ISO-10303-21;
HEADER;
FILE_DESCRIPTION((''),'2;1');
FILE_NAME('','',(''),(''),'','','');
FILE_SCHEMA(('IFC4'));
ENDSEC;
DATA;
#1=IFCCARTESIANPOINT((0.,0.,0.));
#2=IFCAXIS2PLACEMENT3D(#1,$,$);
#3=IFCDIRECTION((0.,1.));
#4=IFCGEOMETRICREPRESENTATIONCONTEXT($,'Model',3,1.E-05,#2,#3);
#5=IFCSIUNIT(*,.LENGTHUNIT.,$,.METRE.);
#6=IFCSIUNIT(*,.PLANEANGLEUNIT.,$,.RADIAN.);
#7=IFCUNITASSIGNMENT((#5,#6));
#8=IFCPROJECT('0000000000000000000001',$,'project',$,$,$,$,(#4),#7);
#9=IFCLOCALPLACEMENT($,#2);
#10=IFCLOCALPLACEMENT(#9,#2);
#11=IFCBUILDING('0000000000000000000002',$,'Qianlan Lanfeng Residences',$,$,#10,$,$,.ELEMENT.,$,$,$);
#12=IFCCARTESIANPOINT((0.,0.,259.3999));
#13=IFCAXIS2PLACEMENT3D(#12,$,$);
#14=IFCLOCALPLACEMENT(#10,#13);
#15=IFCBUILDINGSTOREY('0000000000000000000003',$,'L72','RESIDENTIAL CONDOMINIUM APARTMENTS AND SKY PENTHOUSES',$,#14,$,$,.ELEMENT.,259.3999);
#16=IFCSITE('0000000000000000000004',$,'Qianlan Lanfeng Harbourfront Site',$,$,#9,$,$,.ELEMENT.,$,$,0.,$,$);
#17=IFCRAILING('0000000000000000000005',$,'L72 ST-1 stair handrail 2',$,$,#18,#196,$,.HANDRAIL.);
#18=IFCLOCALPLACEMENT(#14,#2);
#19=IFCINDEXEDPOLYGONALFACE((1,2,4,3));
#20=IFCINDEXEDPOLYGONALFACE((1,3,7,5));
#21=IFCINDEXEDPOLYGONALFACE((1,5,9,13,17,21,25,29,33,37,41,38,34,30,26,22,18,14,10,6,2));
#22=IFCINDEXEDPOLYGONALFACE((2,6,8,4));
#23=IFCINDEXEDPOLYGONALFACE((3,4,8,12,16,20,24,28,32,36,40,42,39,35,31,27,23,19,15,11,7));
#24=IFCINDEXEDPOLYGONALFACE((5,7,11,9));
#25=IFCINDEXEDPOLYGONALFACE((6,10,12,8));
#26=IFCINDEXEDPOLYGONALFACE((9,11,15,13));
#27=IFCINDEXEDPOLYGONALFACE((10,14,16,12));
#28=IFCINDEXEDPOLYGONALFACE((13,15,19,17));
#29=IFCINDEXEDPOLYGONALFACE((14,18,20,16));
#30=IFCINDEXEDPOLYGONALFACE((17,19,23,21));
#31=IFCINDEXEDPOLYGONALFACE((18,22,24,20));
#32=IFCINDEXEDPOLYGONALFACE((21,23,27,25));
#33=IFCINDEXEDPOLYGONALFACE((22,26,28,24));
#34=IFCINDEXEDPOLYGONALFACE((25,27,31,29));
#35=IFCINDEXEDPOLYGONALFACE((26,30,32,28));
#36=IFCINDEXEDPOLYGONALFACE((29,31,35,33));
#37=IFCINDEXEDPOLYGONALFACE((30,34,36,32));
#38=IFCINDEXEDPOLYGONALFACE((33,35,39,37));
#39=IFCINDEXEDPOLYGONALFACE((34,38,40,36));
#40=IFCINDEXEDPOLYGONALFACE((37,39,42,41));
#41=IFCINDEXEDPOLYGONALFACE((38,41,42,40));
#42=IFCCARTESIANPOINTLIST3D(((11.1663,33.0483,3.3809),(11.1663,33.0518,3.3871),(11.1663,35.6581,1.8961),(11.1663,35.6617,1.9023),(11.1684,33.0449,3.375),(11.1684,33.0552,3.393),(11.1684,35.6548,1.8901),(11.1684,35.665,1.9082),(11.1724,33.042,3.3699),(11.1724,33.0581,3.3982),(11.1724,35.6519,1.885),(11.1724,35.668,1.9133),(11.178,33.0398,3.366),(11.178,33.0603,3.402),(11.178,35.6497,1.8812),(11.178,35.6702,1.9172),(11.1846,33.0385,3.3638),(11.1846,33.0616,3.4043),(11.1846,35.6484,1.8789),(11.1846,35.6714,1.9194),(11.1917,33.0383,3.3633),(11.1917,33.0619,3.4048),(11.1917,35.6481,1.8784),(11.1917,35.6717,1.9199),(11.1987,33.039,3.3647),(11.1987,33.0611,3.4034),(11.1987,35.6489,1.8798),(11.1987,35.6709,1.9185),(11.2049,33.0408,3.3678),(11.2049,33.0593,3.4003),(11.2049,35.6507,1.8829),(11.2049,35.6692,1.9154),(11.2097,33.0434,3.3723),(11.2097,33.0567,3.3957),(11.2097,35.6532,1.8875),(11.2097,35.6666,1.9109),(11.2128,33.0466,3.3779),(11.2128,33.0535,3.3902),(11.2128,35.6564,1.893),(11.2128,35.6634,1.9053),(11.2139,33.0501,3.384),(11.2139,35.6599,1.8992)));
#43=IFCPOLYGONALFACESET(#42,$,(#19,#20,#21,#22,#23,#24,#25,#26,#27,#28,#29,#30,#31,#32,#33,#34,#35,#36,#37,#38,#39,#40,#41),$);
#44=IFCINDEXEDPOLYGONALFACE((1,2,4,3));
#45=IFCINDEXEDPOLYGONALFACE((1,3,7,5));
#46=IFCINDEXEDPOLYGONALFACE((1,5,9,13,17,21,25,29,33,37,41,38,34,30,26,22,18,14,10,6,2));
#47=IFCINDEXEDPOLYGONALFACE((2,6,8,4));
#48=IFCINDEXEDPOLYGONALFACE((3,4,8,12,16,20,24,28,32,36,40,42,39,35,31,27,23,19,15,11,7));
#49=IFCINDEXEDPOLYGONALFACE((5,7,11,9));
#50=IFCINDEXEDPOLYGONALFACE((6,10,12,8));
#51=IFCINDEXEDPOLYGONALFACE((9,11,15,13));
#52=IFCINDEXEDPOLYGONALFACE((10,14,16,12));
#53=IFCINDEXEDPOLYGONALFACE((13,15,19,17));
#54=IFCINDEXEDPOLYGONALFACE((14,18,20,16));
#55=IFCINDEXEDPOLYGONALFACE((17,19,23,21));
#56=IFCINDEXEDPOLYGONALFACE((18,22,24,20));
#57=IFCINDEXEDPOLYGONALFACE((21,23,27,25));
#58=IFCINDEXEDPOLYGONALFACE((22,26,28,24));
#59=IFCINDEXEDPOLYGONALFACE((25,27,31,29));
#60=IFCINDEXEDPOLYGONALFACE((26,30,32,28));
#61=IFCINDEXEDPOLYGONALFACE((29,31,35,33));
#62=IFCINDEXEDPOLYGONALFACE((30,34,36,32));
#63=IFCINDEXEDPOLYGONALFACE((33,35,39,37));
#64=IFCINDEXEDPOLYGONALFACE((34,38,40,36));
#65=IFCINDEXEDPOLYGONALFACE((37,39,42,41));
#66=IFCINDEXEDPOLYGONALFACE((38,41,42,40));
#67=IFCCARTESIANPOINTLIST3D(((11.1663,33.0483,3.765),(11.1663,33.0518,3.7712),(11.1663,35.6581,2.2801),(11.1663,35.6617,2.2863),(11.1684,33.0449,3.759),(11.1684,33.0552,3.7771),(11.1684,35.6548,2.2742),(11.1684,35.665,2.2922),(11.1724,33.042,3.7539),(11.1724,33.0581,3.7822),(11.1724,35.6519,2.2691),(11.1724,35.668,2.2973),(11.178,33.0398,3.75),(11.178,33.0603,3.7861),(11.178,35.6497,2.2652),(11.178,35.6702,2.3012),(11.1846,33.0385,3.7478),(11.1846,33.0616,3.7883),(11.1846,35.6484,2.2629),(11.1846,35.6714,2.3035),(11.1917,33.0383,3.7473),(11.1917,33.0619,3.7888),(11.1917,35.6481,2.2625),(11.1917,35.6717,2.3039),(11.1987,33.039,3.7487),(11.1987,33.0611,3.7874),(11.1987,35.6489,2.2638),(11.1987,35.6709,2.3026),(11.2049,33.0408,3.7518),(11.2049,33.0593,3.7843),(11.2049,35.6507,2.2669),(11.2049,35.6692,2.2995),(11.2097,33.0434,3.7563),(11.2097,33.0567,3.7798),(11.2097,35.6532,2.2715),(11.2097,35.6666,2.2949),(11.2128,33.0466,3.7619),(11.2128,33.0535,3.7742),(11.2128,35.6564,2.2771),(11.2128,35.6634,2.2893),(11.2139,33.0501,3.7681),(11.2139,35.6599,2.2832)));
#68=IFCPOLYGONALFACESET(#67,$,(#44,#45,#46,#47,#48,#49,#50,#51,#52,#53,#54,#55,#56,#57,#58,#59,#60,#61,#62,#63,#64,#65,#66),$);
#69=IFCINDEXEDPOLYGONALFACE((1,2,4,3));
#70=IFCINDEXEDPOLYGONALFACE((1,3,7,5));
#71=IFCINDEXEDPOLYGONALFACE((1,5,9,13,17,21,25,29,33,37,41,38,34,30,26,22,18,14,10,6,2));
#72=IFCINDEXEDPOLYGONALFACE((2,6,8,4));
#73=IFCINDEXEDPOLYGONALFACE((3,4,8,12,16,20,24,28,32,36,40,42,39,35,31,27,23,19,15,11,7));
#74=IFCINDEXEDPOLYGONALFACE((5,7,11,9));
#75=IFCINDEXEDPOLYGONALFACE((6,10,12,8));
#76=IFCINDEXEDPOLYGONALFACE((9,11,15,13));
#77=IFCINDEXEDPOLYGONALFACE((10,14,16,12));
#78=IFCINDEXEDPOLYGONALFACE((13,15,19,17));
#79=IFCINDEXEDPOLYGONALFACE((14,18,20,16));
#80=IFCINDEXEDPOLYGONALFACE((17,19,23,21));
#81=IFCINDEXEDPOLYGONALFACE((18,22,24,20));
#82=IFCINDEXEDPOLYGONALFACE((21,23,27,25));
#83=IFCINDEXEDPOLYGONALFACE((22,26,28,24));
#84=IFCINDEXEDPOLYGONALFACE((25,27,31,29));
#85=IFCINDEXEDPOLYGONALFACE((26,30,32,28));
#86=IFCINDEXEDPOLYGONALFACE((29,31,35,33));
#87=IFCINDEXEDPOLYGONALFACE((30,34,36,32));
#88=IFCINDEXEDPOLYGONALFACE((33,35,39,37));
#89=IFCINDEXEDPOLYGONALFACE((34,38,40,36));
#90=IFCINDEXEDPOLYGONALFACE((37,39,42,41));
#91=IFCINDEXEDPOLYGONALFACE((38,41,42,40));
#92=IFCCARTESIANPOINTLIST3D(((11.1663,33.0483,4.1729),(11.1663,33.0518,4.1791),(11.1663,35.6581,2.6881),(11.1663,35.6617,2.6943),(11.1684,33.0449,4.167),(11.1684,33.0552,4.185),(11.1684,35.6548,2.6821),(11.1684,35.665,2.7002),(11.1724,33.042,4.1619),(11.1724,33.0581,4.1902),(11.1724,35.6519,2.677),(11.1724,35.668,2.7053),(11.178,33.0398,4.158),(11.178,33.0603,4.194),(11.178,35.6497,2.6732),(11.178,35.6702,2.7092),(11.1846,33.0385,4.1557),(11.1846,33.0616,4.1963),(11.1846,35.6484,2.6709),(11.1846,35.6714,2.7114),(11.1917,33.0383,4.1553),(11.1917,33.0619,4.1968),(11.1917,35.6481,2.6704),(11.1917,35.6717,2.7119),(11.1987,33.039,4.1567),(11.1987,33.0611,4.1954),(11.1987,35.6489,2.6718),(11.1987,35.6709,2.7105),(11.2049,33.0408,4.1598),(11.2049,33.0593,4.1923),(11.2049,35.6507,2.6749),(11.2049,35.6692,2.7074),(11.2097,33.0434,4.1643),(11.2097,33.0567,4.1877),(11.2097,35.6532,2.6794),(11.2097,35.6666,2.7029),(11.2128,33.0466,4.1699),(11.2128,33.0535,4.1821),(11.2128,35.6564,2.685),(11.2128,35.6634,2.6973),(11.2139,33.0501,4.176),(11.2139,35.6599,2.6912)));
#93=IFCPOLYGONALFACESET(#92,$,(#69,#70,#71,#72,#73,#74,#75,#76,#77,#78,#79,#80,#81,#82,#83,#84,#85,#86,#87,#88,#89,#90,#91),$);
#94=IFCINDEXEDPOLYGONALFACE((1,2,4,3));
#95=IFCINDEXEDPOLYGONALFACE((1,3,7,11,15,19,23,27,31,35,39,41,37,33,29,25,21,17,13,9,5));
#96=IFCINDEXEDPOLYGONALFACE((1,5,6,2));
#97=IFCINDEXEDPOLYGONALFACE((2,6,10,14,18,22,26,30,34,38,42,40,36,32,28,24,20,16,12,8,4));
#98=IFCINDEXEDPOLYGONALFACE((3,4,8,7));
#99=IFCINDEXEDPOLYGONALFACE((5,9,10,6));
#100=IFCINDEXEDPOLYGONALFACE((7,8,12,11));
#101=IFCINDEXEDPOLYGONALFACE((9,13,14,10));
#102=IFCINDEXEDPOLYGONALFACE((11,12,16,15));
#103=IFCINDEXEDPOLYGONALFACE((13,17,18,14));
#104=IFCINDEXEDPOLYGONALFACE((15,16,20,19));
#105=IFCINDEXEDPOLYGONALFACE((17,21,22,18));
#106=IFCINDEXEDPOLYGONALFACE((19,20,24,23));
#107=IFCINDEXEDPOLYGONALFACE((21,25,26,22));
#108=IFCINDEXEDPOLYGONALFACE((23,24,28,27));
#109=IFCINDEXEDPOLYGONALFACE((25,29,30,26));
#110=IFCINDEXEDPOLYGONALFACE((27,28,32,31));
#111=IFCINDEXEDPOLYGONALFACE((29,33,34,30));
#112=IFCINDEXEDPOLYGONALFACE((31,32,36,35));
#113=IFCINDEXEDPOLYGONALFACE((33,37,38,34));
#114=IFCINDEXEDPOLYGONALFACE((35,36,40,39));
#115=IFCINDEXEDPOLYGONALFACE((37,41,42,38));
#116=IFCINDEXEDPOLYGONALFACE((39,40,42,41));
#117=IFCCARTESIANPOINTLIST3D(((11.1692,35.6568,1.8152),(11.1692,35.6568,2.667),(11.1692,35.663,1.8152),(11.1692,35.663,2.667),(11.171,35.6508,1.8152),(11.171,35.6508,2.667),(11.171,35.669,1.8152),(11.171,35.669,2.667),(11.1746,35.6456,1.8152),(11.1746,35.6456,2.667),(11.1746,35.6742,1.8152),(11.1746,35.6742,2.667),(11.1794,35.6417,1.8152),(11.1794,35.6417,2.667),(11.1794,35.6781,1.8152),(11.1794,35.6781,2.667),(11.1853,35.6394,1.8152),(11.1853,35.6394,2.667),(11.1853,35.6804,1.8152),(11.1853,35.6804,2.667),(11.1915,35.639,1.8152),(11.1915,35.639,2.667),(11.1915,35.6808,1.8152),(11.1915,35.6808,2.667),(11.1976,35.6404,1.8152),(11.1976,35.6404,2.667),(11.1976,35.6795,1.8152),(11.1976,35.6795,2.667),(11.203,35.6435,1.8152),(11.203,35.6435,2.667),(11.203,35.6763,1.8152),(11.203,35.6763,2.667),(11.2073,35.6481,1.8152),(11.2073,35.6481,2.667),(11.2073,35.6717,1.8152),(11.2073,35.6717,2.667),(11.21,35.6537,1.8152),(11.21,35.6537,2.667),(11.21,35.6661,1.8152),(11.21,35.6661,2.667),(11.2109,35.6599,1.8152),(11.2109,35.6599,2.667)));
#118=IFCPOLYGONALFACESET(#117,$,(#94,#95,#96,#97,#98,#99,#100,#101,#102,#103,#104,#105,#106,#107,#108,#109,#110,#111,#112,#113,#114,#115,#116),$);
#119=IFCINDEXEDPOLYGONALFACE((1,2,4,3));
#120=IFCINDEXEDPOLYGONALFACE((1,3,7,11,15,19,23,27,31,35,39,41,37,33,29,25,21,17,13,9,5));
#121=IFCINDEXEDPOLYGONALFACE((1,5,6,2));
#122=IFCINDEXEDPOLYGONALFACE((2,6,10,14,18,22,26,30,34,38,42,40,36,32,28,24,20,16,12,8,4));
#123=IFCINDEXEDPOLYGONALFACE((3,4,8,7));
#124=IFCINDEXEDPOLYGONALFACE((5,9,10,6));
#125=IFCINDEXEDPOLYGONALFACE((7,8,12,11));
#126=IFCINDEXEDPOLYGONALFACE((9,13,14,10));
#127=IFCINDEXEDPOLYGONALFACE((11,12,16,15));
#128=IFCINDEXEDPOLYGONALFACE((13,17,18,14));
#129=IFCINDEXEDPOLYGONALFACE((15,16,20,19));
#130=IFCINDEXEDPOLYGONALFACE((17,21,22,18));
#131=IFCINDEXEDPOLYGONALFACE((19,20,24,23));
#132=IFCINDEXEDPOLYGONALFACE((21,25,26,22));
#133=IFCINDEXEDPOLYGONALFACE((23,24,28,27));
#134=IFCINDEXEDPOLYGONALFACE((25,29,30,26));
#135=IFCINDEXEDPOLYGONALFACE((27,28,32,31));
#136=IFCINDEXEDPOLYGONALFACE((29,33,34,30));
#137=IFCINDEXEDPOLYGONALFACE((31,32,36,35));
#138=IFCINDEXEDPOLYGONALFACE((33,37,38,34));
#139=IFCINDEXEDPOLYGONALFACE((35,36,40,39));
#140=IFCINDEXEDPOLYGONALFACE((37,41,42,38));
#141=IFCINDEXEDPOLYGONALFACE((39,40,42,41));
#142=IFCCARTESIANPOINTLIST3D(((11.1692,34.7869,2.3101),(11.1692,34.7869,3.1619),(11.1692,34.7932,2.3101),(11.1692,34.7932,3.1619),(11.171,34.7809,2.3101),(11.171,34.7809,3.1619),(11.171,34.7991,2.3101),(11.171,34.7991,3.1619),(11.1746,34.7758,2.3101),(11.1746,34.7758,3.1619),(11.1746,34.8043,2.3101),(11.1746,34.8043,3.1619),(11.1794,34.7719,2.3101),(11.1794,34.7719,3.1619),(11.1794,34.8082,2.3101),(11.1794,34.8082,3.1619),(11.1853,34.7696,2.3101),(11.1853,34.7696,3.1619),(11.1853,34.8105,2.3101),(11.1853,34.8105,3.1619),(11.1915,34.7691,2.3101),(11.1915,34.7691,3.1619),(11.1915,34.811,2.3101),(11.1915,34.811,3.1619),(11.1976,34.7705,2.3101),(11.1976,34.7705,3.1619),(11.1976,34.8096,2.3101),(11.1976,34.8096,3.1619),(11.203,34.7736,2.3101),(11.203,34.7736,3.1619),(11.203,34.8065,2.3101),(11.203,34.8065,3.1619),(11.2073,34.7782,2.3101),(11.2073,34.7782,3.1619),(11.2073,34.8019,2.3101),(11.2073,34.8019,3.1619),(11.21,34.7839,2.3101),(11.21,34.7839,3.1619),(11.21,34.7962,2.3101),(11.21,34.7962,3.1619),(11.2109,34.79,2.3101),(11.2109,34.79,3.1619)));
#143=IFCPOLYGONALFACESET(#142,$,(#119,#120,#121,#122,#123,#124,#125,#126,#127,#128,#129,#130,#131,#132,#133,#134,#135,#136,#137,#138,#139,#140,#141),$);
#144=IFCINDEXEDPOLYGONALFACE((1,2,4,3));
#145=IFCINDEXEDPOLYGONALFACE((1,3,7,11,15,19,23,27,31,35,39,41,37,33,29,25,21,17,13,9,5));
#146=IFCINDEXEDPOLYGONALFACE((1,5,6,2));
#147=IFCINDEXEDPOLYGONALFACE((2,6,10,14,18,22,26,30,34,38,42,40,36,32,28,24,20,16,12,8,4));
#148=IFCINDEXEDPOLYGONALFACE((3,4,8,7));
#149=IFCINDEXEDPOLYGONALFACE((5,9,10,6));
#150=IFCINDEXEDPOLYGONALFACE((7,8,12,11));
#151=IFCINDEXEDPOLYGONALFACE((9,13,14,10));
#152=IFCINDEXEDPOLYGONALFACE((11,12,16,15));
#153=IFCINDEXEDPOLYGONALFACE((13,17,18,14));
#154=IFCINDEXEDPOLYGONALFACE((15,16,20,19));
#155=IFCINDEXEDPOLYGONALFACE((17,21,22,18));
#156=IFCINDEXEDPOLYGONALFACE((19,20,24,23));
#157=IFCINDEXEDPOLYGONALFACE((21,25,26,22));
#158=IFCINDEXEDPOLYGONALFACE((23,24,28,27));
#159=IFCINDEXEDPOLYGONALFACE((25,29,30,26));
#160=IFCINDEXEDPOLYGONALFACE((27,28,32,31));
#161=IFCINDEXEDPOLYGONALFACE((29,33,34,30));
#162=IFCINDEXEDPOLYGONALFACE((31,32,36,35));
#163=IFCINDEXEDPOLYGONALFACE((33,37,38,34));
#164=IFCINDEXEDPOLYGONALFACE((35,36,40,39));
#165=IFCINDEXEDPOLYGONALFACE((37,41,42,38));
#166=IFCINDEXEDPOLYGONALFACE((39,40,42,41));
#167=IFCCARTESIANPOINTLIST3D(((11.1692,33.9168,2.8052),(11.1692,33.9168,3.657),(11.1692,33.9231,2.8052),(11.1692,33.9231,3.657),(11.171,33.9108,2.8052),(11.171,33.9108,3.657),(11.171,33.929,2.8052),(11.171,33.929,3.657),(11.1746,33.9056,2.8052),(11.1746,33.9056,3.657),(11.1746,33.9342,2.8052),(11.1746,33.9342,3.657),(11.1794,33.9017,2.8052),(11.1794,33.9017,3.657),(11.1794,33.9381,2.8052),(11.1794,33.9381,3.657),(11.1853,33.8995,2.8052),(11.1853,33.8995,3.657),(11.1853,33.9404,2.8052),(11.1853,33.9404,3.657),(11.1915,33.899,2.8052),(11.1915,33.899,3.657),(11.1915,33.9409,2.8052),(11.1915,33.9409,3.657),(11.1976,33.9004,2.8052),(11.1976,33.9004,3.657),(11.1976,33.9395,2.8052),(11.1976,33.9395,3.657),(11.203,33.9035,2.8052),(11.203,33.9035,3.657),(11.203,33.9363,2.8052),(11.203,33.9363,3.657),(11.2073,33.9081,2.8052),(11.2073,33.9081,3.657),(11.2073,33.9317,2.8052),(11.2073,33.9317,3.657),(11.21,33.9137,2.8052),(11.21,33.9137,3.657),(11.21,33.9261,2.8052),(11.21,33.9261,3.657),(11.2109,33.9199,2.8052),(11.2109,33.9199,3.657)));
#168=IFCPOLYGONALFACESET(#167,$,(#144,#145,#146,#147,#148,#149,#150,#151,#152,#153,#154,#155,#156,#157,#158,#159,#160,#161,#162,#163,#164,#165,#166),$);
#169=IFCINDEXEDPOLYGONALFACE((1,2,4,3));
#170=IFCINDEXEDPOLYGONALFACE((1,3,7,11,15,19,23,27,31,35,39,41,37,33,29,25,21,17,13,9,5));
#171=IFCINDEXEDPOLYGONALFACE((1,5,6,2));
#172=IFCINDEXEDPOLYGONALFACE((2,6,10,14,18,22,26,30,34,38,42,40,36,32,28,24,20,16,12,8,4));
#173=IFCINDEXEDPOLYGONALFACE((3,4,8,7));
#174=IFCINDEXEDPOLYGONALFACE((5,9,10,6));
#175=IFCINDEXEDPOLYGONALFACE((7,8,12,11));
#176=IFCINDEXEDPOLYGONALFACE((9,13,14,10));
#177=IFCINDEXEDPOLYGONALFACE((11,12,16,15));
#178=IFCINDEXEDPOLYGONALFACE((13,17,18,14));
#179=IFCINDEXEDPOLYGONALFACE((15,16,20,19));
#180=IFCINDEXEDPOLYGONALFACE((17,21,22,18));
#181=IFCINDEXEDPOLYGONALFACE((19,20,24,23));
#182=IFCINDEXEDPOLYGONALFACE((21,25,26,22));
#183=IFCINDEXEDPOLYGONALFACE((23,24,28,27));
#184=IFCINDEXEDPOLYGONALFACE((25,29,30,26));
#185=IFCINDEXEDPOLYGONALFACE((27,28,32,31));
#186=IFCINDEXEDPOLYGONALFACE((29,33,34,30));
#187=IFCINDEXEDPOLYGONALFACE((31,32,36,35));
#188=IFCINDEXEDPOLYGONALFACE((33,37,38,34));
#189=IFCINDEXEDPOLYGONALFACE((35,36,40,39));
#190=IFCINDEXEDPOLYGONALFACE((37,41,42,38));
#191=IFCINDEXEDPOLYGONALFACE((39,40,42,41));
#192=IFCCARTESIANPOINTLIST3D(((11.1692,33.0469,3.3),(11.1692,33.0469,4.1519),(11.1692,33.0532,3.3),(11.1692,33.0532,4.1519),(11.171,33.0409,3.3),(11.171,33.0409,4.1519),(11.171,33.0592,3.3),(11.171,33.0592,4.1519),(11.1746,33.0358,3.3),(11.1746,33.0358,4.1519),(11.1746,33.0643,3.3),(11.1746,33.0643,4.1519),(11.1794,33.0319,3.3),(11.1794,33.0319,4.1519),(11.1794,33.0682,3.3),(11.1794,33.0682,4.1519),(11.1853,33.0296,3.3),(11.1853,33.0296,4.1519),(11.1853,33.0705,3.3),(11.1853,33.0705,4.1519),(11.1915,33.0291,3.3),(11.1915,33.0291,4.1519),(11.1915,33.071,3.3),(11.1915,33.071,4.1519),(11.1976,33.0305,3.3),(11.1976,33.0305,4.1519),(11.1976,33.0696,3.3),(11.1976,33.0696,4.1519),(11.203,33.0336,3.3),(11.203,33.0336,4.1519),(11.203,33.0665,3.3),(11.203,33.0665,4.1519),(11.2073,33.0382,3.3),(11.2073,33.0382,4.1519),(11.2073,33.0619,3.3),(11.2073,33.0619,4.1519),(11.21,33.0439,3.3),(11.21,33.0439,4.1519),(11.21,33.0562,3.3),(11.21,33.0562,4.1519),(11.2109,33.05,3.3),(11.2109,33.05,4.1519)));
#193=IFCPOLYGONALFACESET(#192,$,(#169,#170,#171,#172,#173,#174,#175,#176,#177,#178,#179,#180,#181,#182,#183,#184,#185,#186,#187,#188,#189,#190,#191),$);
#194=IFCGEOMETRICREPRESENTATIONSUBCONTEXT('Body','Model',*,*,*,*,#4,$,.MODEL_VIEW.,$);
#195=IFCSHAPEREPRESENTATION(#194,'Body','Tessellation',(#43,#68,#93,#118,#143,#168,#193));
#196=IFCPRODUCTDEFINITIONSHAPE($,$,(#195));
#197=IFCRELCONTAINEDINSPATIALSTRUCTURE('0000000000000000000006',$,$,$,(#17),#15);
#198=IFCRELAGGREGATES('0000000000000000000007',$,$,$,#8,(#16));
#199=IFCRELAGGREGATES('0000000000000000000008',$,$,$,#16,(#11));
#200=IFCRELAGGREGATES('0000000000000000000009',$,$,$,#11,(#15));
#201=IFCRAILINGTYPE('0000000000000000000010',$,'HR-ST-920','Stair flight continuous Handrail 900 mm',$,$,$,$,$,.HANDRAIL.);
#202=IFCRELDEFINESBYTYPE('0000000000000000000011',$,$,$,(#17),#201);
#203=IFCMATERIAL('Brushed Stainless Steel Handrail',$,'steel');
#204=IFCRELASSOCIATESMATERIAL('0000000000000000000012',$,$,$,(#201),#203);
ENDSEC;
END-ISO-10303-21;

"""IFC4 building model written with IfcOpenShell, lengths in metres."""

from ifc_helpers import new_model, si_unit, direction, frame, origin, origin_2d, place, context, subcontext, project, spatial, circle, extrude, material, type_object, element, save


model = new_model("IFC4")

# Units and contexts
model_context = context("Model", 3, precision=1e-05, world=origin(), true_north=direction((0.0, 1.0)))
body_context = subcontext(model_context, "Body", "Model", "MODEL_VIEW")
ifc_project = project(units=[si_unit("LENGTHUNIT", "METRE"), si_unit("PLANEANGLEUNIT", "RADIAN")], contexts=[model_context])

# Site, building, storey
site_placement = place(None, origin())
site = spatial("IfcSite", under=ifc_project, at=site_placement, Name="Qianlan Lanfeng Harbourfront Site", CompositionType="ELEMENT", RefElevation=0.0)
building_placement = place(site_placement, origin())
building = spatial("IfcBuilding", under=site, at=building_placement, Name="Qianlan Lanfeng Residences", CompositionType="ELEMENT")
storey_placement = place(building_placement, frame((0.0, 0.0, 259.3999)))
storey = spatial("IfcBuildingStorey", under=building, at=storey_placement, Name="L72", Description="RESIDENTIAL CONDOMINIUM APARTMENTS AND SKY PENTHOUSES", CompositionType="ELEMENT", Elevation=259.3999)

# Railing
ifc_material_1 = material(Name="Brushed Stainless Steel Handrail", Category="steel")
railing_type_1 = type_object("IfcRailingType", Name="HR-ST-920", Description="Stair flight continuous Handrail 900 mm", PredefinedType="HANDRAIL", material=ifc_material_1)
railing_1_placement = place(storey_placement, frame((11.1899, 35.6599, 1.8152)))
element("IfcRailing", 1, at=railing_1_placement, inside=storey, type_object=railing_type_1, Name="L72 ST-1 stair handrail 2", PredefinedType="HANDRAIL", context=body_context, shape_type="SweptSolid", body=[
    extrude(circle(Radius=0.0239, at=origin_2d()), frame((0.0, 0.0, 0.084), z_axis=(0.0, -0.869172, 0.494509), x_axis=(1.0, 0.0, 0.0)), (0.0, 0.0, 1.0), 3.0027),
    extrude(circle(Radius=0.0239, at=origin_2d()), frame((0.0, 0.0, 0.468), z_axis=(0.0, -0.869172, 0.494509), x_axis=(1.0, 0.0, 0.0)), (0.0, 0.0, 1.0), 3.0027),
    extrude(circle(Radius=0.0239, at=origin_2d()), frame((0.0, 0.0, 0.876), z_axis=(0.0, -0.869172, 0.494509), x_axis=(1.0, 0.0, 0.0)), (0.0, 0.0, 1.0), 3.0027),
    extrude(circle(Radius=0.021, at=origin_2d()), origin(), (0.0, 0.0, 1.0), 0.8518),
    extrude(circle(Radius=0.021, at=origin_2d()), frame((0.0, -0.8699, 0.4949)), (0.0, 0.0, 1.0), 0.8518),
    extrude(circle(Radius=0.021, at=origin_2d()), frame((0.0, -1.74, 0.99)), (0.0, 0.0, 1.0), 0.8518),
    extrude(circle(Radius=0.021, at=origin_2d()), frame((0.0, -2.6099, 1.4849)), (0.0, 0.0, 1.0), 0.8518),
])

save(model, "model.ifc")
